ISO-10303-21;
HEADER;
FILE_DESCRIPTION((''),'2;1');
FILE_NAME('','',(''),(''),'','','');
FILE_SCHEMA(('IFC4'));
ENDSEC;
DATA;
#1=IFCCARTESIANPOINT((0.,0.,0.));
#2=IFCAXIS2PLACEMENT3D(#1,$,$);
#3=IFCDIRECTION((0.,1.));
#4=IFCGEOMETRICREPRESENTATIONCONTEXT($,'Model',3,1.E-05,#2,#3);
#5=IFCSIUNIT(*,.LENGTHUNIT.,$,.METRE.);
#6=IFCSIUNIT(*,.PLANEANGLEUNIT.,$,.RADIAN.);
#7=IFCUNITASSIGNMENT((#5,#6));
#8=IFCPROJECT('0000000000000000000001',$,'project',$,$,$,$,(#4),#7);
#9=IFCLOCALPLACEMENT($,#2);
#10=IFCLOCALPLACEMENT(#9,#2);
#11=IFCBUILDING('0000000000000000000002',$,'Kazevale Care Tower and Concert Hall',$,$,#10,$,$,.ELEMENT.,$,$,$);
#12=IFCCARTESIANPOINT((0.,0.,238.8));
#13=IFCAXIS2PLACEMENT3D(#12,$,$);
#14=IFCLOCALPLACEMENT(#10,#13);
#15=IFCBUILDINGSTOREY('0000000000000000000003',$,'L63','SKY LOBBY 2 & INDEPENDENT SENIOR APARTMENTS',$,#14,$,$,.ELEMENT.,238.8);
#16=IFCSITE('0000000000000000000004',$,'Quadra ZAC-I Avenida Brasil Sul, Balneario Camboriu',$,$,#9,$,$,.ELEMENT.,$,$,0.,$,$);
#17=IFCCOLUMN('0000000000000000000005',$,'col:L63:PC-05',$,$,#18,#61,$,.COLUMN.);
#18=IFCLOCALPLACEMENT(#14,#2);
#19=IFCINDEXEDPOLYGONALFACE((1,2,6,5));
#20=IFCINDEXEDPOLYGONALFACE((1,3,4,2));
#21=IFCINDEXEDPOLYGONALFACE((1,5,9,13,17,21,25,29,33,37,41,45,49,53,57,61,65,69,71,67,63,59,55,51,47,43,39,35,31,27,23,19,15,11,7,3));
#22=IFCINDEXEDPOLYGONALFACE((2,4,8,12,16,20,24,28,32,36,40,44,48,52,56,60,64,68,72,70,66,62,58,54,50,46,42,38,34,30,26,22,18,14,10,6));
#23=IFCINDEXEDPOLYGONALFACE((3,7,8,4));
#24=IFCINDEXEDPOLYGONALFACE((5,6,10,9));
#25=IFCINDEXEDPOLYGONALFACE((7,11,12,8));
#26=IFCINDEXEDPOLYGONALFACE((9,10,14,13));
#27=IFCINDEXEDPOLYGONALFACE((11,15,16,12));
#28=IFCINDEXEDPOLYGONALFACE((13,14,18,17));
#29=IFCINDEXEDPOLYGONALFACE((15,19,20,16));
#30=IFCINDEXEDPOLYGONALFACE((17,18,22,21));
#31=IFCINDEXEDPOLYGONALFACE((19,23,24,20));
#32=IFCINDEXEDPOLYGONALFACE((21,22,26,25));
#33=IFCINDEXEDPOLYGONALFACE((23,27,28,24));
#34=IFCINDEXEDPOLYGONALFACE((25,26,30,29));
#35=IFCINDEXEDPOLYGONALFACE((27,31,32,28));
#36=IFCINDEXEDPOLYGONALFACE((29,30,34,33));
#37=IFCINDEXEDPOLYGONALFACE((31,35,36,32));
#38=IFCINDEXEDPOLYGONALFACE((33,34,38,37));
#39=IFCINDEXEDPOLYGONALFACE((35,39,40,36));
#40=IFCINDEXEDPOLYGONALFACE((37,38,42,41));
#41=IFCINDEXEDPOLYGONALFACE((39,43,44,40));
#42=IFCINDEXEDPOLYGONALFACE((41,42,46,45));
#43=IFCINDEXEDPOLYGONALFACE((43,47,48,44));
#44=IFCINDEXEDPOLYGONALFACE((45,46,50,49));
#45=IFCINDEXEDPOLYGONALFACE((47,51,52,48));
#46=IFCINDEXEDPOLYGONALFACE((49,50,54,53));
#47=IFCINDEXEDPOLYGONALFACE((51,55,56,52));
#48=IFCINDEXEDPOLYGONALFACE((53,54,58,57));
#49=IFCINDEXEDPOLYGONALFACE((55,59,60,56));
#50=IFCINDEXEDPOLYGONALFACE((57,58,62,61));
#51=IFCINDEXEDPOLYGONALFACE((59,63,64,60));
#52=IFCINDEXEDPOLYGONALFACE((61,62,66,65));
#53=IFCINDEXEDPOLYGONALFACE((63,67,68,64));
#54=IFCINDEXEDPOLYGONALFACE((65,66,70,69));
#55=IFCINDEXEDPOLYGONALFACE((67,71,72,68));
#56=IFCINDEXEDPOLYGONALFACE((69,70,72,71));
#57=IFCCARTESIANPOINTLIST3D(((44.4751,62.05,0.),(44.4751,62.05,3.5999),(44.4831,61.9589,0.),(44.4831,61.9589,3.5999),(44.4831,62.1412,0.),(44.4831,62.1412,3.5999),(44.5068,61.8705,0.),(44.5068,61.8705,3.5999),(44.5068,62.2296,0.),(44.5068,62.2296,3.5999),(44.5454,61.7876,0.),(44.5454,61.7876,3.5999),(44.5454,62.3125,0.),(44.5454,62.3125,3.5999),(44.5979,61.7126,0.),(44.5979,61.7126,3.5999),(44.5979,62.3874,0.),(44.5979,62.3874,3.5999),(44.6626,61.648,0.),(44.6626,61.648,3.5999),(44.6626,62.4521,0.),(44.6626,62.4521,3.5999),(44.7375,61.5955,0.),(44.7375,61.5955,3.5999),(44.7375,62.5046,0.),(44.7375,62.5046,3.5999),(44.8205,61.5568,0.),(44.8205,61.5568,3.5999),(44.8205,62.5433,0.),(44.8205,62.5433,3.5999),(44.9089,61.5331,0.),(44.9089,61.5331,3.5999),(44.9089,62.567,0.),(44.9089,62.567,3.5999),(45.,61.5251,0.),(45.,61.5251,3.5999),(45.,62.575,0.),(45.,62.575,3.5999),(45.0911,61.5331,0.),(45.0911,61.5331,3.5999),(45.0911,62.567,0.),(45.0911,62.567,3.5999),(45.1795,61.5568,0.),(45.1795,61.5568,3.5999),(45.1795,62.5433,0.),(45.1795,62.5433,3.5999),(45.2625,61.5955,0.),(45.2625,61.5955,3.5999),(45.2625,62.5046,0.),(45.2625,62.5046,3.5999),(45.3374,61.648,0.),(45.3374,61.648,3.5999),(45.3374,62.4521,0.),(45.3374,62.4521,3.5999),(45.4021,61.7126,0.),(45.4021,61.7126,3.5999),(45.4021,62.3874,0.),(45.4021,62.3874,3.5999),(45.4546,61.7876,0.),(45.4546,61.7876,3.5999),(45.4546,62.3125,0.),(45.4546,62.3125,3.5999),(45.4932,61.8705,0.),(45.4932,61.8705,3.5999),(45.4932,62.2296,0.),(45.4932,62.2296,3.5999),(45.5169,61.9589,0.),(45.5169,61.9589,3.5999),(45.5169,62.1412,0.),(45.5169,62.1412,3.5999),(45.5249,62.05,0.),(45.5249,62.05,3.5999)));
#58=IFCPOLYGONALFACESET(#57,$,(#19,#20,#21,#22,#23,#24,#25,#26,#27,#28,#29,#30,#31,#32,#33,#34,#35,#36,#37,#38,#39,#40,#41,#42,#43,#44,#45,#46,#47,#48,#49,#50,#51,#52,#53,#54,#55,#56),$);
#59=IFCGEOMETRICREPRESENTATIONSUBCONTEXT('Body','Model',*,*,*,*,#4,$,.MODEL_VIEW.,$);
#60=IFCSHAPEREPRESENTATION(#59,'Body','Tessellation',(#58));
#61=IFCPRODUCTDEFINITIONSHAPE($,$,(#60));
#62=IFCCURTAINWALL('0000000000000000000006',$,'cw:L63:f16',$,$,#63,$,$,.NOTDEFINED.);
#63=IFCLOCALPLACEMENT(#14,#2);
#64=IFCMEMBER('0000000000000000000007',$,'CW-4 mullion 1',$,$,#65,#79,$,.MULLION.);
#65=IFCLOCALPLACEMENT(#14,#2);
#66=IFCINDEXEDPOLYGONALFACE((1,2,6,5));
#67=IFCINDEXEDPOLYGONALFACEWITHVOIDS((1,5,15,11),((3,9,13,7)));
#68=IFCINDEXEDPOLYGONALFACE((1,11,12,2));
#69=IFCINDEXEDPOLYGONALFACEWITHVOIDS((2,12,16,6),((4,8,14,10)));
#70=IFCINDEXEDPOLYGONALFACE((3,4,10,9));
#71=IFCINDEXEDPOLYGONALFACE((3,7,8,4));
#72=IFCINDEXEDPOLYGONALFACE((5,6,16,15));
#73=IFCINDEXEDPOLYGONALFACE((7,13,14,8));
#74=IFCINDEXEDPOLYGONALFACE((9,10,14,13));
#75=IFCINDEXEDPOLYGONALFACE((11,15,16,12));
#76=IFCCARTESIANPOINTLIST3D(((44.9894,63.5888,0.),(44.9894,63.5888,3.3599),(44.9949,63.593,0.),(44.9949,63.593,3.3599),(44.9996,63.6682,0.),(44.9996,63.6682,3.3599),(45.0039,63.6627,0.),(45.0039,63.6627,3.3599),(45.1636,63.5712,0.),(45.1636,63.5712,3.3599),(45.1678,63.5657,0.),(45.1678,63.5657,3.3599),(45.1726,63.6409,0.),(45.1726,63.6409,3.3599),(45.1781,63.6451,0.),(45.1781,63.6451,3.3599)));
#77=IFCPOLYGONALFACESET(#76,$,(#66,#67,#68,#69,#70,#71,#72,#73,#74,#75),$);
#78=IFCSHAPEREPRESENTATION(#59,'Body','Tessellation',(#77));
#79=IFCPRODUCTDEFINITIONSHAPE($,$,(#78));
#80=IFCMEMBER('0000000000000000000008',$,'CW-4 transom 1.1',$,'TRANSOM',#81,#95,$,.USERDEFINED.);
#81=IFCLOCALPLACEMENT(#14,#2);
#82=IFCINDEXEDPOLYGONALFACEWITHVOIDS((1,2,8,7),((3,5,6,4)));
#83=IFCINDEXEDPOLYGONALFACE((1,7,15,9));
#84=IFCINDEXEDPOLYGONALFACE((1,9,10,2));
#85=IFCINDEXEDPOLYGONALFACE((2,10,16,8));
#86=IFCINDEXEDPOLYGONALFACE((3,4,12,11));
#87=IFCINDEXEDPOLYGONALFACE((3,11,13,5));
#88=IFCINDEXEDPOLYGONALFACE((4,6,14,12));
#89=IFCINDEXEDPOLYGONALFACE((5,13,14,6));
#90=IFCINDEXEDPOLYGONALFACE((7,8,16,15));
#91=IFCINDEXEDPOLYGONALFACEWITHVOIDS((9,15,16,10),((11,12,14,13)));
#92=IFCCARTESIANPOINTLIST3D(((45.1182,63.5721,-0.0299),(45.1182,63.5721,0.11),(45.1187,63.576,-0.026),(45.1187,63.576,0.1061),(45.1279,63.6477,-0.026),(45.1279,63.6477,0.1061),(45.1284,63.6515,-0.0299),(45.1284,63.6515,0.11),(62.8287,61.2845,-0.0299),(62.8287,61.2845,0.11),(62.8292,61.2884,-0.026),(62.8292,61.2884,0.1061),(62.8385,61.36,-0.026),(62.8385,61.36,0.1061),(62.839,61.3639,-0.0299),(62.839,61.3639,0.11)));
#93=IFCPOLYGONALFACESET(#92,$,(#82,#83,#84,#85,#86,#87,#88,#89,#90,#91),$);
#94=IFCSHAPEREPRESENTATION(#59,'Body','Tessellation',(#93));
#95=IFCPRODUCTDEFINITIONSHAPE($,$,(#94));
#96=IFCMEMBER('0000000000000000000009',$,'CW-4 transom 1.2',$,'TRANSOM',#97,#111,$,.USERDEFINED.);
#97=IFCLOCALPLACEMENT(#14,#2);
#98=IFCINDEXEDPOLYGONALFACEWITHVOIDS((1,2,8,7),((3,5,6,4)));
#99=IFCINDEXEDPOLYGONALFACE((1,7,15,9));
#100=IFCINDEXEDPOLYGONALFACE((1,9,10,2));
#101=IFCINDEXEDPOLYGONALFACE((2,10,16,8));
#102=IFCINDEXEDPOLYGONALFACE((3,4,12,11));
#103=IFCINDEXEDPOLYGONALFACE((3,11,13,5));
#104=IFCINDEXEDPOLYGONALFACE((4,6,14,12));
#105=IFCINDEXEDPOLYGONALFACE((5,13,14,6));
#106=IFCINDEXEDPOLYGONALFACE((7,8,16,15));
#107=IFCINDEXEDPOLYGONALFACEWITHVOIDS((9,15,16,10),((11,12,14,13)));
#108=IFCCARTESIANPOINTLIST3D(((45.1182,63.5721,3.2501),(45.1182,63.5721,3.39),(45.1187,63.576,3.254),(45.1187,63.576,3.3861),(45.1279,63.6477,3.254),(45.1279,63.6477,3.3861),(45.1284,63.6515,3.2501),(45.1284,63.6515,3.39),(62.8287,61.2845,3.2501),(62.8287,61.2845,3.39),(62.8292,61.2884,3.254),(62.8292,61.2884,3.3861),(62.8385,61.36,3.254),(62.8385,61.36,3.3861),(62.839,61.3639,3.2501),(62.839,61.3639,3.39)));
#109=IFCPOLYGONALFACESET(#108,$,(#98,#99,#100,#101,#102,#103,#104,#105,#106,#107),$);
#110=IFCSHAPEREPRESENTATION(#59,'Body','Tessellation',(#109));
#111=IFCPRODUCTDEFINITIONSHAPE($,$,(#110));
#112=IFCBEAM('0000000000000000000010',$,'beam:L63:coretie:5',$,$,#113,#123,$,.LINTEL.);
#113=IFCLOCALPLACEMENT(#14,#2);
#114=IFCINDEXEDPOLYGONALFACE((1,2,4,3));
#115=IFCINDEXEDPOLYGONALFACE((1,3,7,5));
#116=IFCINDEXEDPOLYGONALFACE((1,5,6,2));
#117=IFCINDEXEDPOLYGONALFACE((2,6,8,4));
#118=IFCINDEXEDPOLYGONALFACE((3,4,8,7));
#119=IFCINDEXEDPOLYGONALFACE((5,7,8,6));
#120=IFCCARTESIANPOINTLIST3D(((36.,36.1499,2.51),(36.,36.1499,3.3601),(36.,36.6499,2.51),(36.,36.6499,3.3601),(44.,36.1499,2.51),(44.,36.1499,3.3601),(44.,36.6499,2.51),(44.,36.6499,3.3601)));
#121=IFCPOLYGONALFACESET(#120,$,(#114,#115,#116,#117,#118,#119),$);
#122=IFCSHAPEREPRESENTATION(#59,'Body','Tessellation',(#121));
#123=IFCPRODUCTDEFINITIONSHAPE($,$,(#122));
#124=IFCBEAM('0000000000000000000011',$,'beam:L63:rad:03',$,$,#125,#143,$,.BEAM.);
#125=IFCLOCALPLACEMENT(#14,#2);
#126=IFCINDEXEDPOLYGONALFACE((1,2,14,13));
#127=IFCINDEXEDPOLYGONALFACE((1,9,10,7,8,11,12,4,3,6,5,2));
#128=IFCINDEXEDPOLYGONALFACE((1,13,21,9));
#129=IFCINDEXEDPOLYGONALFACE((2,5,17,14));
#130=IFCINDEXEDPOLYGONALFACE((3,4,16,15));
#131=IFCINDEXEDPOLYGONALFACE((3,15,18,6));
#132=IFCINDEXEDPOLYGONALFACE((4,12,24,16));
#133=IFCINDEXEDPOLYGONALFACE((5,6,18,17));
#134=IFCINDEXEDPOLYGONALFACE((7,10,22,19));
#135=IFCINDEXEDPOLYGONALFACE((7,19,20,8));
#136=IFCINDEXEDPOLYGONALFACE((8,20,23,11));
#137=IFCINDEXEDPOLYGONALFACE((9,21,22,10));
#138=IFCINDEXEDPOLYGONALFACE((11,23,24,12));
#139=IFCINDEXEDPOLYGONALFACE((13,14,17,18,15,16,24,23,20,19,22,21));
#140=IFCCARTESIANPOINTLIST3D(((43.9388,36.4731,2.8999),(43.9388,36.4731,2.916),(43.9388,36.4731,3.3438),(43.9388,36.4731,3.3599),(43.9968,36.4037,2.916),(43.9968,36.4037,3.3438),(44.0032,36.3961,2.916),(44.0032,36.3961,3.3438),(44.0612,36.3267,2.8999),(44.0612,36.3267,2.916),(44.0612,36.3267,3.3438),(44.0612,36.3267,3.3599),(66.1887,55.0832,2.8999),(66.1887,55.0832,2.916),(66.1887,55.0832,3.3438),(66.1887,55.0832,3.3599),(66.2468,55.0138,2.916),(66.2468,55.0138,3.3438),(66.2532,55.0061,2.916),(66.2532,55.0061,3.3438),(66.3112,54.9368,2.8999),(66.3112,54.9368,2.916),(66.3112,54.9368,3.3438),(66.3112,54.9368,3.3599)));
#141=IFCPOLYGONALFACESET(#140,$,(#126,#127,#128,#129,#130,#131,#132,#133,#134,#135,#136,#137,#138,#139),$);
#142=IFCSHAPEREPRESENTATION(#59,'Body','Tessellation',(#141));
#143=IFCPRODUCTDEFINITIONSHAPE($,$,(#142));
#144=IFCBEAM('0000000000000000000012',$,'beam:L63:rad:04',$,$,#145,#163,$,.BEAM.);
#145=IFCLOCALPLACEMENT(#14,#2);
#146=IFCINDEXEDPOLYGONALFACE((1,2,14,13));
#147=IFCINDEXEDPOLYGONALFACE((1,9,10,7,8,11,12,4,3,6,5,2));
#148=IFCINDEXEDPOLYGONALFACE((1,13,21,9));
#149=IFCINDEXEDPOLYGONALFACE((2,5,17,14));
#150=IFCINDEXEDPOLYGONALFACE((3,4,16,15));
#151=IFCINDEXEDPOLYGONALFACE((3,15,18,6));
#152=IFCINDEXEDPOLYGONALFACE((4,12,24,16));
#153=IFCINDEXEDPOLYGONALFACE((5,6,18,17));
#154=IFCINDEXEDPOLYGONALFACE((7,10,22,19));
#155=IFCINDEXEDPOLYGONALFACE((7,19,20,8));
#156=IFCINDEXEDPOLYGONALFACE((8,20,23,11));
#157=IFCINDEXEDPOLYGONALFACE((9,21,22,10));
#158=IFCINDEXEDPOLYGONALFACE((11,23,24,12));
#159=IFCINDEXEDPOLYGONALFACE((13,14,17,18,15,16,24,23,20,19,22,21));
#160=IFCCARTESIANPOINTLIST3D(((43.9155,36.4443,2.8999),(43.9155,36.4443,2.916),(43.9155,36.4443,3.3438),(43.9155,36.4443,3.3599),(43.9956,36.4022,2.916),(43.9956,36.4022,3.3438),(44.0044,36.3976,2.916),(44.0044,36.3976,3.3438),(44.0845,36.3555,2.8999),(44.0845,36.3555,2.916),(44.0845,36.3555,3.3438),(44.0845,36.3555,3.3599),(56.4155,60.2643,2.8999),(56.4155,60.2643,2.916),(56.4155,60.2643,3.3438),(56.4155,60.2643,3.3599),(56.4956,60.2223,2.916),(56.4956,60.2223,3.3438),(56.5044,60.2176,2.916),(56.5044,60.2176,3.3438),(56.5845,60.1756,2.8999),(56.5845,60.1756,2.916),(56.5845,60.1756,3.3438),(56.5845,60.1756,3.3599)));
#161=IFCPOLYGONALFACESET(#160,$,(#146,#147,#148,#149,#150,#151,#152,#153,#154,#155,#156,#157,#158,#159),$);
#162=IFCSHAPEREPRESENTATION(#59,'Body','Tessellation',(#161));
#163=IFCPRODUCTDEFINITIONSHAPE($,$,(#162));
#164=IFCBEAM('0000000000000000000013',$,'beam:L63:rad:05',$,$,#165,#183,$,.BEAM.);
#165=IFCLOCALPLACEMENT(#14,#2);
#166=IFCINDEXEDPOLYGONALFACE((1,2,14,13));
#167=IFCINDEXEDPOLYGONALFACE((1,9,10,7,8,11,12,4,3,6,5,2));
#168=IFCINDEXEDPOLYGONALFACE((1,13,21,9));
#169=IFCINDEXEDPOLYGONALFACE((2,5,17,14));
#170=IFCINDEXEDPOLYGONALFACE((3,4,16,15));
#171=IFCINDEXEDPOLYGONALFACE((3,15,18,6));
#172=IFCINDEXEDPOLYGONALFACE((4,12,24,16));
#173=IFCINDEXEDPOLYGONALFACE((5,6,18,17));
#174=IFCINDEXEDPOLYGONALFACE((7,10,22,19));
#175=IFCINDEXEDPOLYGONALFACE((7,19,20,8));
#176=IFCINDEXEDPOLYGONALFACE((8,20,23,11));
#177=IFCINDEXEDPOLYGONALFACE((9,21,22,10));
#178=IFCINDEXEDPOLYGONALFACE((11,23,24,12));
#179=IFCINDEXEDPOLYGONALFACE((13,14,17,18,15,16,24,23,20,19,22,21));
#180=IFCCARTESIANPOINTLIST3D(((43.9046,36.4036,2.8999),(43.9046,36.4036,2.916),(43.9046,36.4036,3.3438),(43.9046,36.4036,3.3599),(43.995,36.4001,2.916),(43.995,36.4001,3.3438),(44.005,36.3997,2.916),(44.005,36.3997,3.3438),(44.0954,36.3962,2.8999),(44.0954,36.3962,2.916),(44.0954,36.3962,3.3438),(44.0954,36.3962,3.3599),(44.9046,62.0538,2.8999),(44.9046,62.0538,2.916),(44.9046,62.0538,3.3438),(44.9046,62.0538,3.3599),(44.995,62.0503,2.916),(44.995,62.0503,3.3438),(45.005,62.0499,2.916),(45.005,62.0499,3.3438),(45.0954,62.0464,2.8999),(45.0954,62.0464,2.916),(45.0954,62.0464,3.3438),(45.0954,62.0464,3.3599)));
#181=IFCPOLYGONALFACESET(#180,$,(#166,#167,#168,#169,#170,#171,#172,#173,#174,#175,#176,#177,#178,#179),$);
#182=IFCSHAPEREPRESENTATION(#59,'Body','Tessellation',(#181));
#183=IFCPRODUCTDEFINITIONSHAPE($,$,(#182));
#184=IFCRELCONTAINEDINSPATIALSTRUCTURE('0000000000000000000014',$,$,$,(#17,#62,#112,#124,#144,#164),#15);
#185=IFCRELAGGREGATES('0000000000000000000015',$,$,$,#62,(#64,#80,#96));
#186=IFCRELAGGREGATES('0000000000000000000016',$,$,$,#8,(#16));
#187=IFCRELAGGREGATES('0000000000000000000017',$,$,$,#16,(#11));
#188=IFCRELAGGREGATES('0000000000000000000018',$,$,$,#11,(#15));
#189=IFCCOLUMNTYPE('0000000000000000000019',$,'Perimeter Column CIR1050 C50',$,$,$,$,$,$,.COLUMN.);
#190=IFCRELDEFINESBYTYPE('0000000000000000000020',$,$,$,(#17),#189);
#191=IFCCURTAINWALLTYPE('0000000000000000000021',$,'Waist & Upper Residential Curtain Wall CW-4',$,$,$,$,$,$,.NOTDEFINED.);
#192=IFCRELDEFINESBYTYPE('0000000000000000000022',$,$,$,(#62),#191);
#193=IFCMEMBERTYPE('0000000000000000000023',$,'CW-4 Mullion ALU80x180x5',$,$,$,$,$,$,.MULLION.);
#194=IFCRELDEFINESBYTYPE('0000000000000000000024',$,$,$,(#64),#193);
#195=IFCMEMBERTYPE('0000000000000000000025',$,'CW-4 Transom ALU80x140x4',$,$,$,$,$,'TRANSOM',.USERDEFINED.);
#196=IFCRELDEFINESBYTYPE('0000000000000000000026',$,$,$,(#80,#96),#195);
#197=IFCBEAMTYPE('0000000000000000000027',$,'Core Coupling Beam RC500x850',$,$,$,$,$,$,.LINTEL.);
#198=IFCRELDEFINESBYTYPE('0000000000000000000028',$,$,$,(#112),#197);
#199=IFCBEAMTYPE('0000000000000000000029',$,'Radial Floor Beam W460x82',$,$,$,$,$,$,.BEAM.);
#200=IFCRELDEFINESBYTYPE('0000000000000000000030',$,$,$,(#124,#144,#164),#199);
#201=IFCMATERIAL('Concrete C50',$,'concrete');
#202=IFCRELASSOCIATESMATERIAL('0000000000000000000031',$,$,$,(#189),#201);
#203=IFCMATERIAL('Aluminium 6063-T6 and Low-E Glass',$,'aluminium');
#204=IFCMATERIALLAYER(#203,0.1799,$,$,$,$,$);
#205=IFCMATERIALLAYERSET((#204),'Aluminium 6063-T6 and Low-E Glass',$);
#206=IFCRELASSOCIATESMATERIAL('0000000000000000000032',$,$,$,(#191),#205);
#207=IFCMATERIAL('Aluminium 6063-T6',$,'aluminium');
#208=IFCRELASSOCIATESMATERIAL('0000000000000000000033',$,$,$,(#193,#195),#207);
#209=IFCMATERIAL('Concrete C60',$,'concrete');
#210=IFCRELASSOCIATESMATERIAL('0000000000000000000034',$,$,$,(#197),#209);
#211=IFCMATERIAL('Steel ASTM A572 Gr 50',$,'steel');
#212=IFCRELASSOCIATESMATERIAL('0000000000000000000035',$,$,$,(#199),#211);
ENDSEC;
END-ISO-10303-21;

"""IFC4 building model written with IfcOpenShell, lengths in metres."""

from ifc_helpers import new_model, si_unit, direction, frame, origin, origin_2d, place, context, subcontext, project, spatial, rectangle, hollow_rectangle, circle, i_section, extrude, material, layer, layer_set, material_profile, profile_set, type_object, element, aggregate, save


model = new_model("IFC4")

# Units and contexts
model_context = context("Model", 3, precision=1e-05, world=origin(), true_north=direction((0.0, 1.0)))
body_context = subcontext(model_context, "Body", "Model", "MODEL_VIEW")
ifc_project = project(units=[si_unit("LENGTHUNIT", "METRE"), si_unit("PLANEANGLEUNIT", "RADIAN")], contexts=[model_context])

# Site, building, storey
site_placement = place(None, origin())
site = spatial("IfcSite", under=ifc_project, at=site_placement, Name="Quadra ZAC-I Avenida Brasil Sul, Balneario Camboriu", CompositionType="ELEMENT", RefElevation=0.0)
building_placement = place(site_placement, origin())
building = spatial("IfcBuilding", under=site, at=building_placement, Name="Kazevale Care Tower and Concert Hall", CompositionType="ELEMENT")
storey_placement = place(building_placement, frame((0.0, 0.0, 238.8)))
storey = spatial("IfcBuildingStorey", under=building, at=storey_placement, Name="L63", Description="SKY LOBBY 2 & INDEPENDENT SENIOR APARTMENTS", CompositionType="ELEMENT", Elevation=238.8)

# Column
ifc_material_1 = material(Name="Concrete C50", Category="concrete")
ifc_material_profile_1 = material_profile(ifc_material_1, circle(Radius=0.5249, at=origin_2d()), Name="RC-CIR1050")
ifc_profile_set_1 = profile_set([ifc_material_profile_1], Name="Concrete C50")
column_type = type_object("IfcColumnType", Name="Perimeter Column CIR1050 C50", PredefinedType="COLUMN", material=ifc_profile_set_1)
column_placement = place(storey_placement, frame((45.0, 62.05, 0.0), z_axis=(0.0, 0.0, 1.0), x_axis=(1.0, 0.0, 0.0)))
element("IfcColumn", 1, at=column_placement, inside=storey, type_object=column_type, Name="col:L63:PC-05", PredefinedType="COLUMN", context=body_context, shape_type="SweptSolid", body=[
    extrude(circle(Radius=0.5249, at=origin_2d()), origin(), (0.0, 0.0, 1.0), 3.5999),
])

# Curtain wall, members
ifc_material_2 = material(Name="Aluminium 6063-T6 and Low-E Glass", Category="aluminium")
ifc_layer_1 = layer(ifc_material_2, 0.1799)
ifc_layer_set_1 = layer_set([ifc_layer_1], Name="Aluminium 6063-T6 and Low-E Glass")
curtain_wall_type = type_object("IfcCurtainWallType", Name="Waist & Upper Residential Curtain Wall CW-4", PredefinedType="NOTDEFINED", material=ifc_layer_set_1)
curtain_wall_placement = place(storey_placement, origin())
curtain_wall = element("IfcCurtainWall", 2, at=curtain_wall_placement, inside=storey, type_object=curtain_wall_type, Name="cw:L63:f16", PredefinedType="NOTDEFINED")
ifc_material_3 = material(Name="Aluminium 6063-T6", Category="aluminium")
ifc_material_profile_2 = material_profile(ifc_material_3, hollow_rectangle(XDim=0.0801, YDim=0.1799, WallThickness=0.0049, at=origin_2d()), Name="ALU80x180x5")
ifc_profile_set_2 = profile_set([ifc_material_profile_2], Name="Aluminium 6063-T6")
member_type_1 = type_object("IfcMemberType", Name="CW-4 Mullion ALU80x180x5", PredefinedType="MULLION", material=ifc_profile_set_2)
member_1_placement = place(storey_placement, frame((45.0837, 63.6169, 0.0), z_axis=(0.0, 0.0, 1.0), x_axis=(0.128098, 0.991761, 0.0)))
member_1 = element("IfcMember", 3, at=member_1_placement, type_object=member_type_1, Name="CW-4 mullion 1", PredefinedType="MULLION", context=body_context, shape_type="SweptSolid", body=[
    extrude(hollow_rectangle(XDim=0.0801, YDim=0.1799, WallThickness=0.0049, at=origin_2d()), origin(), (0.0, 0.0, 1.0), 3.3599),
])
ifc_material_profile_3 = material_profile(ifc_material_3, hollow_rectangle(XDim=0.0801, YDim=0.1399, WallThickness=0.0039, at=origin_2d()), Name="ALU80x140x4")
ifc_profile_set_3 = profile_set([ifc_material_profile_3], Name="Aluminium 6063-T6")
member_type_2 = type_object("IfcMemberType", Name="CW-4 Transom ALU80x140x4", ElementType="TRANSOM", PredefinedType="USERDEFINED", material=ifc_profile_set_3)
member_2_placement = place(storey_placement, frame((45.1233, 63.6118, 0.04), z_axis=(0.991761, -0.128102, 0.0), x_axis=(0.128102, 0.991761, 0.0)))
member_2 = element("IfcMember", 4, at=member_2_placement, type_object=member_type_2, Name="CW-4 transom 1.1", ObjectType="TRANSOM", PredefinedType="USERDEFINED", context=body_context, shape_type="SweptSolid", body=[
    extrude(hollow_rectangle(XDim=0.0801, YDim=0.1399, WallThickness=0.0039, at=origin_2d()), origin(), (0.0, 0.0, 1.0), 17.8577),
])
member_3_placement = place(storey_placement, frame((45.1233, 63.6118, 3.3201), z_axis=(0.991761, -0.128102, 0.0), x_axis=(0.128102, 0.991761, 0.0)))
member_3 = element("IfcMember", 5, at=member_3_placement, type_object=member_type_2, Name="CW-4 transom 1.2", ObjectType="TRANSOM", PredefinedType="USERDEFINED", context=body_context, shape_type="SweptSolid", body=[
    extrude(hollow_rectangle(XDim=0.0801, YDim=0.1399, WallThickness=0.0039, at=origin_2d()), origin(), (0.0, 0.0, 1.0), 17.8577),
])
aggregate(curtain_wall, [member_1, member_2, member_3])

# Beams
ifc_material_4 = material(Name="Concrete C60", Category="concrete")
ifc_material_profile_4 = material_profile(ifc_material_4, rectangle(XDim=0.5, YDim=0.8501, at=origin_2d()), Name="RC-B500x850")
ifc_profile_set_4 = profile_set([ifc_material_profile_4], Name="Concrete C60")
beam_type_1 = type_object("IfcBeamType", Name="Core Coupling Beam RC500x850", PredefinedType="LINTEL", material=ifc_profile_set_4)
beam_1_placement = place(storey_placement, frame((44.0, 36.3999, 2.9351), z_axis=(-1.0, 0.0, 0.0), x_axis=(0.0, -1.0, 0.0)))
element("IfcBeam", 6, at=beam_1_placement, inside=storey, type_object=beam_type_1, Name="beam:L63:coretie:5", PredefinedType="LINTEL", context=body_context, shape_type="SweptSolid", body=[
    extrude(rectangle(XDim=0.5, YDim=0.8501, at=origin_2d()), origin(), (0.0, 0.0, 1.0), 8.0),
])
ifc_material_5 = material(Name="Steel ASTM A572 Gr 50", Category="steel")
ifc_material_profile_5 = material_profile(ifc_material_5, i_section(OverallWidth=0.1909, OverallDepth=0.46, WebThickness=0.01, FlangeThickness=0.0161, at=origin_2d()), Name="W460x82")
ifc_profile_set_5 = profile_set([ifc_material_profile_5], Name="Steel ASTM A572 Gr 50")
beam_type_2 = type_object("IfcBeamType", Name="Radial Floor Beam W460x82", PredefinedType="BEAM", material=ifc_profile_set_5)
beam_2_placement = place(storey_placement, frame((44.0, 36.3999, 3.1299), z_axis=(0.76706, 0.641576, 0.0), x_axis=(-0.641576, 0.76706, 0.0)))
element("IfcBeam", 7, at=beam_2_placement, inside=storey, type_object=beam_type_2, Name="beam:L63:rad:03", PredefinedType="BEAM", context=body_context, shape_type="SweptSolid", body=[
    extrude(i_section(OverallWidth=0.1909, OverallDepth=0.46, WebThickness=0.01, FlangeThickness=0.0161, at=origin_2d()), origin(), (0.0, 0.0, 1.0), 29.0068),
])
beam_3_placement = place(storey_placement, frame((44.0, 36.3999, 3.1299), z_axis=(0.464673, 0.885483, 0.0), x_axis=(-0.885483, 0.464673, 0.0)))
element("IfcBeam", 8, at=beam_3_placement, inside=storey, type_object=beam_type_2, Name="beam:L63:rad:04", PredefinedType="BEAM", context=body_context, shape_type="SweptSolid", body=[
    extrude(i_section(OverallWidth=0.1909, OverallDepth=0.46, WebThickness=0.01, FlangeThickness=0.0161, at=origin_2d()), origin(), (0.0, 0.0, 1.0), 26.9006),
])
beam_4_placement = place(storey_placement, frame((44.0, 36.3999, 3.1299), z_axis=(0.038957, 0.999241, 0.0), x_axis=(-0.999241, 0.038957, 0.0)))
element("IfcBeam", 9, at=beam_4_placement, inside=storey, type_object=beam_type_2, Name="beam:L63:rad:05", PredefinedType="BEAM", context=body_context, shape_type="SweptSolid", body=[
    extrude(i_section(OverallWidth=0.1909, OverallDepth=0.46, WebThickness=0.01, FlangeThickness=0.0161, at=origin_2d()), origin(), (0.0, 0.0, 1.0), 25.6697),
])

save(model, "model.ifc")
